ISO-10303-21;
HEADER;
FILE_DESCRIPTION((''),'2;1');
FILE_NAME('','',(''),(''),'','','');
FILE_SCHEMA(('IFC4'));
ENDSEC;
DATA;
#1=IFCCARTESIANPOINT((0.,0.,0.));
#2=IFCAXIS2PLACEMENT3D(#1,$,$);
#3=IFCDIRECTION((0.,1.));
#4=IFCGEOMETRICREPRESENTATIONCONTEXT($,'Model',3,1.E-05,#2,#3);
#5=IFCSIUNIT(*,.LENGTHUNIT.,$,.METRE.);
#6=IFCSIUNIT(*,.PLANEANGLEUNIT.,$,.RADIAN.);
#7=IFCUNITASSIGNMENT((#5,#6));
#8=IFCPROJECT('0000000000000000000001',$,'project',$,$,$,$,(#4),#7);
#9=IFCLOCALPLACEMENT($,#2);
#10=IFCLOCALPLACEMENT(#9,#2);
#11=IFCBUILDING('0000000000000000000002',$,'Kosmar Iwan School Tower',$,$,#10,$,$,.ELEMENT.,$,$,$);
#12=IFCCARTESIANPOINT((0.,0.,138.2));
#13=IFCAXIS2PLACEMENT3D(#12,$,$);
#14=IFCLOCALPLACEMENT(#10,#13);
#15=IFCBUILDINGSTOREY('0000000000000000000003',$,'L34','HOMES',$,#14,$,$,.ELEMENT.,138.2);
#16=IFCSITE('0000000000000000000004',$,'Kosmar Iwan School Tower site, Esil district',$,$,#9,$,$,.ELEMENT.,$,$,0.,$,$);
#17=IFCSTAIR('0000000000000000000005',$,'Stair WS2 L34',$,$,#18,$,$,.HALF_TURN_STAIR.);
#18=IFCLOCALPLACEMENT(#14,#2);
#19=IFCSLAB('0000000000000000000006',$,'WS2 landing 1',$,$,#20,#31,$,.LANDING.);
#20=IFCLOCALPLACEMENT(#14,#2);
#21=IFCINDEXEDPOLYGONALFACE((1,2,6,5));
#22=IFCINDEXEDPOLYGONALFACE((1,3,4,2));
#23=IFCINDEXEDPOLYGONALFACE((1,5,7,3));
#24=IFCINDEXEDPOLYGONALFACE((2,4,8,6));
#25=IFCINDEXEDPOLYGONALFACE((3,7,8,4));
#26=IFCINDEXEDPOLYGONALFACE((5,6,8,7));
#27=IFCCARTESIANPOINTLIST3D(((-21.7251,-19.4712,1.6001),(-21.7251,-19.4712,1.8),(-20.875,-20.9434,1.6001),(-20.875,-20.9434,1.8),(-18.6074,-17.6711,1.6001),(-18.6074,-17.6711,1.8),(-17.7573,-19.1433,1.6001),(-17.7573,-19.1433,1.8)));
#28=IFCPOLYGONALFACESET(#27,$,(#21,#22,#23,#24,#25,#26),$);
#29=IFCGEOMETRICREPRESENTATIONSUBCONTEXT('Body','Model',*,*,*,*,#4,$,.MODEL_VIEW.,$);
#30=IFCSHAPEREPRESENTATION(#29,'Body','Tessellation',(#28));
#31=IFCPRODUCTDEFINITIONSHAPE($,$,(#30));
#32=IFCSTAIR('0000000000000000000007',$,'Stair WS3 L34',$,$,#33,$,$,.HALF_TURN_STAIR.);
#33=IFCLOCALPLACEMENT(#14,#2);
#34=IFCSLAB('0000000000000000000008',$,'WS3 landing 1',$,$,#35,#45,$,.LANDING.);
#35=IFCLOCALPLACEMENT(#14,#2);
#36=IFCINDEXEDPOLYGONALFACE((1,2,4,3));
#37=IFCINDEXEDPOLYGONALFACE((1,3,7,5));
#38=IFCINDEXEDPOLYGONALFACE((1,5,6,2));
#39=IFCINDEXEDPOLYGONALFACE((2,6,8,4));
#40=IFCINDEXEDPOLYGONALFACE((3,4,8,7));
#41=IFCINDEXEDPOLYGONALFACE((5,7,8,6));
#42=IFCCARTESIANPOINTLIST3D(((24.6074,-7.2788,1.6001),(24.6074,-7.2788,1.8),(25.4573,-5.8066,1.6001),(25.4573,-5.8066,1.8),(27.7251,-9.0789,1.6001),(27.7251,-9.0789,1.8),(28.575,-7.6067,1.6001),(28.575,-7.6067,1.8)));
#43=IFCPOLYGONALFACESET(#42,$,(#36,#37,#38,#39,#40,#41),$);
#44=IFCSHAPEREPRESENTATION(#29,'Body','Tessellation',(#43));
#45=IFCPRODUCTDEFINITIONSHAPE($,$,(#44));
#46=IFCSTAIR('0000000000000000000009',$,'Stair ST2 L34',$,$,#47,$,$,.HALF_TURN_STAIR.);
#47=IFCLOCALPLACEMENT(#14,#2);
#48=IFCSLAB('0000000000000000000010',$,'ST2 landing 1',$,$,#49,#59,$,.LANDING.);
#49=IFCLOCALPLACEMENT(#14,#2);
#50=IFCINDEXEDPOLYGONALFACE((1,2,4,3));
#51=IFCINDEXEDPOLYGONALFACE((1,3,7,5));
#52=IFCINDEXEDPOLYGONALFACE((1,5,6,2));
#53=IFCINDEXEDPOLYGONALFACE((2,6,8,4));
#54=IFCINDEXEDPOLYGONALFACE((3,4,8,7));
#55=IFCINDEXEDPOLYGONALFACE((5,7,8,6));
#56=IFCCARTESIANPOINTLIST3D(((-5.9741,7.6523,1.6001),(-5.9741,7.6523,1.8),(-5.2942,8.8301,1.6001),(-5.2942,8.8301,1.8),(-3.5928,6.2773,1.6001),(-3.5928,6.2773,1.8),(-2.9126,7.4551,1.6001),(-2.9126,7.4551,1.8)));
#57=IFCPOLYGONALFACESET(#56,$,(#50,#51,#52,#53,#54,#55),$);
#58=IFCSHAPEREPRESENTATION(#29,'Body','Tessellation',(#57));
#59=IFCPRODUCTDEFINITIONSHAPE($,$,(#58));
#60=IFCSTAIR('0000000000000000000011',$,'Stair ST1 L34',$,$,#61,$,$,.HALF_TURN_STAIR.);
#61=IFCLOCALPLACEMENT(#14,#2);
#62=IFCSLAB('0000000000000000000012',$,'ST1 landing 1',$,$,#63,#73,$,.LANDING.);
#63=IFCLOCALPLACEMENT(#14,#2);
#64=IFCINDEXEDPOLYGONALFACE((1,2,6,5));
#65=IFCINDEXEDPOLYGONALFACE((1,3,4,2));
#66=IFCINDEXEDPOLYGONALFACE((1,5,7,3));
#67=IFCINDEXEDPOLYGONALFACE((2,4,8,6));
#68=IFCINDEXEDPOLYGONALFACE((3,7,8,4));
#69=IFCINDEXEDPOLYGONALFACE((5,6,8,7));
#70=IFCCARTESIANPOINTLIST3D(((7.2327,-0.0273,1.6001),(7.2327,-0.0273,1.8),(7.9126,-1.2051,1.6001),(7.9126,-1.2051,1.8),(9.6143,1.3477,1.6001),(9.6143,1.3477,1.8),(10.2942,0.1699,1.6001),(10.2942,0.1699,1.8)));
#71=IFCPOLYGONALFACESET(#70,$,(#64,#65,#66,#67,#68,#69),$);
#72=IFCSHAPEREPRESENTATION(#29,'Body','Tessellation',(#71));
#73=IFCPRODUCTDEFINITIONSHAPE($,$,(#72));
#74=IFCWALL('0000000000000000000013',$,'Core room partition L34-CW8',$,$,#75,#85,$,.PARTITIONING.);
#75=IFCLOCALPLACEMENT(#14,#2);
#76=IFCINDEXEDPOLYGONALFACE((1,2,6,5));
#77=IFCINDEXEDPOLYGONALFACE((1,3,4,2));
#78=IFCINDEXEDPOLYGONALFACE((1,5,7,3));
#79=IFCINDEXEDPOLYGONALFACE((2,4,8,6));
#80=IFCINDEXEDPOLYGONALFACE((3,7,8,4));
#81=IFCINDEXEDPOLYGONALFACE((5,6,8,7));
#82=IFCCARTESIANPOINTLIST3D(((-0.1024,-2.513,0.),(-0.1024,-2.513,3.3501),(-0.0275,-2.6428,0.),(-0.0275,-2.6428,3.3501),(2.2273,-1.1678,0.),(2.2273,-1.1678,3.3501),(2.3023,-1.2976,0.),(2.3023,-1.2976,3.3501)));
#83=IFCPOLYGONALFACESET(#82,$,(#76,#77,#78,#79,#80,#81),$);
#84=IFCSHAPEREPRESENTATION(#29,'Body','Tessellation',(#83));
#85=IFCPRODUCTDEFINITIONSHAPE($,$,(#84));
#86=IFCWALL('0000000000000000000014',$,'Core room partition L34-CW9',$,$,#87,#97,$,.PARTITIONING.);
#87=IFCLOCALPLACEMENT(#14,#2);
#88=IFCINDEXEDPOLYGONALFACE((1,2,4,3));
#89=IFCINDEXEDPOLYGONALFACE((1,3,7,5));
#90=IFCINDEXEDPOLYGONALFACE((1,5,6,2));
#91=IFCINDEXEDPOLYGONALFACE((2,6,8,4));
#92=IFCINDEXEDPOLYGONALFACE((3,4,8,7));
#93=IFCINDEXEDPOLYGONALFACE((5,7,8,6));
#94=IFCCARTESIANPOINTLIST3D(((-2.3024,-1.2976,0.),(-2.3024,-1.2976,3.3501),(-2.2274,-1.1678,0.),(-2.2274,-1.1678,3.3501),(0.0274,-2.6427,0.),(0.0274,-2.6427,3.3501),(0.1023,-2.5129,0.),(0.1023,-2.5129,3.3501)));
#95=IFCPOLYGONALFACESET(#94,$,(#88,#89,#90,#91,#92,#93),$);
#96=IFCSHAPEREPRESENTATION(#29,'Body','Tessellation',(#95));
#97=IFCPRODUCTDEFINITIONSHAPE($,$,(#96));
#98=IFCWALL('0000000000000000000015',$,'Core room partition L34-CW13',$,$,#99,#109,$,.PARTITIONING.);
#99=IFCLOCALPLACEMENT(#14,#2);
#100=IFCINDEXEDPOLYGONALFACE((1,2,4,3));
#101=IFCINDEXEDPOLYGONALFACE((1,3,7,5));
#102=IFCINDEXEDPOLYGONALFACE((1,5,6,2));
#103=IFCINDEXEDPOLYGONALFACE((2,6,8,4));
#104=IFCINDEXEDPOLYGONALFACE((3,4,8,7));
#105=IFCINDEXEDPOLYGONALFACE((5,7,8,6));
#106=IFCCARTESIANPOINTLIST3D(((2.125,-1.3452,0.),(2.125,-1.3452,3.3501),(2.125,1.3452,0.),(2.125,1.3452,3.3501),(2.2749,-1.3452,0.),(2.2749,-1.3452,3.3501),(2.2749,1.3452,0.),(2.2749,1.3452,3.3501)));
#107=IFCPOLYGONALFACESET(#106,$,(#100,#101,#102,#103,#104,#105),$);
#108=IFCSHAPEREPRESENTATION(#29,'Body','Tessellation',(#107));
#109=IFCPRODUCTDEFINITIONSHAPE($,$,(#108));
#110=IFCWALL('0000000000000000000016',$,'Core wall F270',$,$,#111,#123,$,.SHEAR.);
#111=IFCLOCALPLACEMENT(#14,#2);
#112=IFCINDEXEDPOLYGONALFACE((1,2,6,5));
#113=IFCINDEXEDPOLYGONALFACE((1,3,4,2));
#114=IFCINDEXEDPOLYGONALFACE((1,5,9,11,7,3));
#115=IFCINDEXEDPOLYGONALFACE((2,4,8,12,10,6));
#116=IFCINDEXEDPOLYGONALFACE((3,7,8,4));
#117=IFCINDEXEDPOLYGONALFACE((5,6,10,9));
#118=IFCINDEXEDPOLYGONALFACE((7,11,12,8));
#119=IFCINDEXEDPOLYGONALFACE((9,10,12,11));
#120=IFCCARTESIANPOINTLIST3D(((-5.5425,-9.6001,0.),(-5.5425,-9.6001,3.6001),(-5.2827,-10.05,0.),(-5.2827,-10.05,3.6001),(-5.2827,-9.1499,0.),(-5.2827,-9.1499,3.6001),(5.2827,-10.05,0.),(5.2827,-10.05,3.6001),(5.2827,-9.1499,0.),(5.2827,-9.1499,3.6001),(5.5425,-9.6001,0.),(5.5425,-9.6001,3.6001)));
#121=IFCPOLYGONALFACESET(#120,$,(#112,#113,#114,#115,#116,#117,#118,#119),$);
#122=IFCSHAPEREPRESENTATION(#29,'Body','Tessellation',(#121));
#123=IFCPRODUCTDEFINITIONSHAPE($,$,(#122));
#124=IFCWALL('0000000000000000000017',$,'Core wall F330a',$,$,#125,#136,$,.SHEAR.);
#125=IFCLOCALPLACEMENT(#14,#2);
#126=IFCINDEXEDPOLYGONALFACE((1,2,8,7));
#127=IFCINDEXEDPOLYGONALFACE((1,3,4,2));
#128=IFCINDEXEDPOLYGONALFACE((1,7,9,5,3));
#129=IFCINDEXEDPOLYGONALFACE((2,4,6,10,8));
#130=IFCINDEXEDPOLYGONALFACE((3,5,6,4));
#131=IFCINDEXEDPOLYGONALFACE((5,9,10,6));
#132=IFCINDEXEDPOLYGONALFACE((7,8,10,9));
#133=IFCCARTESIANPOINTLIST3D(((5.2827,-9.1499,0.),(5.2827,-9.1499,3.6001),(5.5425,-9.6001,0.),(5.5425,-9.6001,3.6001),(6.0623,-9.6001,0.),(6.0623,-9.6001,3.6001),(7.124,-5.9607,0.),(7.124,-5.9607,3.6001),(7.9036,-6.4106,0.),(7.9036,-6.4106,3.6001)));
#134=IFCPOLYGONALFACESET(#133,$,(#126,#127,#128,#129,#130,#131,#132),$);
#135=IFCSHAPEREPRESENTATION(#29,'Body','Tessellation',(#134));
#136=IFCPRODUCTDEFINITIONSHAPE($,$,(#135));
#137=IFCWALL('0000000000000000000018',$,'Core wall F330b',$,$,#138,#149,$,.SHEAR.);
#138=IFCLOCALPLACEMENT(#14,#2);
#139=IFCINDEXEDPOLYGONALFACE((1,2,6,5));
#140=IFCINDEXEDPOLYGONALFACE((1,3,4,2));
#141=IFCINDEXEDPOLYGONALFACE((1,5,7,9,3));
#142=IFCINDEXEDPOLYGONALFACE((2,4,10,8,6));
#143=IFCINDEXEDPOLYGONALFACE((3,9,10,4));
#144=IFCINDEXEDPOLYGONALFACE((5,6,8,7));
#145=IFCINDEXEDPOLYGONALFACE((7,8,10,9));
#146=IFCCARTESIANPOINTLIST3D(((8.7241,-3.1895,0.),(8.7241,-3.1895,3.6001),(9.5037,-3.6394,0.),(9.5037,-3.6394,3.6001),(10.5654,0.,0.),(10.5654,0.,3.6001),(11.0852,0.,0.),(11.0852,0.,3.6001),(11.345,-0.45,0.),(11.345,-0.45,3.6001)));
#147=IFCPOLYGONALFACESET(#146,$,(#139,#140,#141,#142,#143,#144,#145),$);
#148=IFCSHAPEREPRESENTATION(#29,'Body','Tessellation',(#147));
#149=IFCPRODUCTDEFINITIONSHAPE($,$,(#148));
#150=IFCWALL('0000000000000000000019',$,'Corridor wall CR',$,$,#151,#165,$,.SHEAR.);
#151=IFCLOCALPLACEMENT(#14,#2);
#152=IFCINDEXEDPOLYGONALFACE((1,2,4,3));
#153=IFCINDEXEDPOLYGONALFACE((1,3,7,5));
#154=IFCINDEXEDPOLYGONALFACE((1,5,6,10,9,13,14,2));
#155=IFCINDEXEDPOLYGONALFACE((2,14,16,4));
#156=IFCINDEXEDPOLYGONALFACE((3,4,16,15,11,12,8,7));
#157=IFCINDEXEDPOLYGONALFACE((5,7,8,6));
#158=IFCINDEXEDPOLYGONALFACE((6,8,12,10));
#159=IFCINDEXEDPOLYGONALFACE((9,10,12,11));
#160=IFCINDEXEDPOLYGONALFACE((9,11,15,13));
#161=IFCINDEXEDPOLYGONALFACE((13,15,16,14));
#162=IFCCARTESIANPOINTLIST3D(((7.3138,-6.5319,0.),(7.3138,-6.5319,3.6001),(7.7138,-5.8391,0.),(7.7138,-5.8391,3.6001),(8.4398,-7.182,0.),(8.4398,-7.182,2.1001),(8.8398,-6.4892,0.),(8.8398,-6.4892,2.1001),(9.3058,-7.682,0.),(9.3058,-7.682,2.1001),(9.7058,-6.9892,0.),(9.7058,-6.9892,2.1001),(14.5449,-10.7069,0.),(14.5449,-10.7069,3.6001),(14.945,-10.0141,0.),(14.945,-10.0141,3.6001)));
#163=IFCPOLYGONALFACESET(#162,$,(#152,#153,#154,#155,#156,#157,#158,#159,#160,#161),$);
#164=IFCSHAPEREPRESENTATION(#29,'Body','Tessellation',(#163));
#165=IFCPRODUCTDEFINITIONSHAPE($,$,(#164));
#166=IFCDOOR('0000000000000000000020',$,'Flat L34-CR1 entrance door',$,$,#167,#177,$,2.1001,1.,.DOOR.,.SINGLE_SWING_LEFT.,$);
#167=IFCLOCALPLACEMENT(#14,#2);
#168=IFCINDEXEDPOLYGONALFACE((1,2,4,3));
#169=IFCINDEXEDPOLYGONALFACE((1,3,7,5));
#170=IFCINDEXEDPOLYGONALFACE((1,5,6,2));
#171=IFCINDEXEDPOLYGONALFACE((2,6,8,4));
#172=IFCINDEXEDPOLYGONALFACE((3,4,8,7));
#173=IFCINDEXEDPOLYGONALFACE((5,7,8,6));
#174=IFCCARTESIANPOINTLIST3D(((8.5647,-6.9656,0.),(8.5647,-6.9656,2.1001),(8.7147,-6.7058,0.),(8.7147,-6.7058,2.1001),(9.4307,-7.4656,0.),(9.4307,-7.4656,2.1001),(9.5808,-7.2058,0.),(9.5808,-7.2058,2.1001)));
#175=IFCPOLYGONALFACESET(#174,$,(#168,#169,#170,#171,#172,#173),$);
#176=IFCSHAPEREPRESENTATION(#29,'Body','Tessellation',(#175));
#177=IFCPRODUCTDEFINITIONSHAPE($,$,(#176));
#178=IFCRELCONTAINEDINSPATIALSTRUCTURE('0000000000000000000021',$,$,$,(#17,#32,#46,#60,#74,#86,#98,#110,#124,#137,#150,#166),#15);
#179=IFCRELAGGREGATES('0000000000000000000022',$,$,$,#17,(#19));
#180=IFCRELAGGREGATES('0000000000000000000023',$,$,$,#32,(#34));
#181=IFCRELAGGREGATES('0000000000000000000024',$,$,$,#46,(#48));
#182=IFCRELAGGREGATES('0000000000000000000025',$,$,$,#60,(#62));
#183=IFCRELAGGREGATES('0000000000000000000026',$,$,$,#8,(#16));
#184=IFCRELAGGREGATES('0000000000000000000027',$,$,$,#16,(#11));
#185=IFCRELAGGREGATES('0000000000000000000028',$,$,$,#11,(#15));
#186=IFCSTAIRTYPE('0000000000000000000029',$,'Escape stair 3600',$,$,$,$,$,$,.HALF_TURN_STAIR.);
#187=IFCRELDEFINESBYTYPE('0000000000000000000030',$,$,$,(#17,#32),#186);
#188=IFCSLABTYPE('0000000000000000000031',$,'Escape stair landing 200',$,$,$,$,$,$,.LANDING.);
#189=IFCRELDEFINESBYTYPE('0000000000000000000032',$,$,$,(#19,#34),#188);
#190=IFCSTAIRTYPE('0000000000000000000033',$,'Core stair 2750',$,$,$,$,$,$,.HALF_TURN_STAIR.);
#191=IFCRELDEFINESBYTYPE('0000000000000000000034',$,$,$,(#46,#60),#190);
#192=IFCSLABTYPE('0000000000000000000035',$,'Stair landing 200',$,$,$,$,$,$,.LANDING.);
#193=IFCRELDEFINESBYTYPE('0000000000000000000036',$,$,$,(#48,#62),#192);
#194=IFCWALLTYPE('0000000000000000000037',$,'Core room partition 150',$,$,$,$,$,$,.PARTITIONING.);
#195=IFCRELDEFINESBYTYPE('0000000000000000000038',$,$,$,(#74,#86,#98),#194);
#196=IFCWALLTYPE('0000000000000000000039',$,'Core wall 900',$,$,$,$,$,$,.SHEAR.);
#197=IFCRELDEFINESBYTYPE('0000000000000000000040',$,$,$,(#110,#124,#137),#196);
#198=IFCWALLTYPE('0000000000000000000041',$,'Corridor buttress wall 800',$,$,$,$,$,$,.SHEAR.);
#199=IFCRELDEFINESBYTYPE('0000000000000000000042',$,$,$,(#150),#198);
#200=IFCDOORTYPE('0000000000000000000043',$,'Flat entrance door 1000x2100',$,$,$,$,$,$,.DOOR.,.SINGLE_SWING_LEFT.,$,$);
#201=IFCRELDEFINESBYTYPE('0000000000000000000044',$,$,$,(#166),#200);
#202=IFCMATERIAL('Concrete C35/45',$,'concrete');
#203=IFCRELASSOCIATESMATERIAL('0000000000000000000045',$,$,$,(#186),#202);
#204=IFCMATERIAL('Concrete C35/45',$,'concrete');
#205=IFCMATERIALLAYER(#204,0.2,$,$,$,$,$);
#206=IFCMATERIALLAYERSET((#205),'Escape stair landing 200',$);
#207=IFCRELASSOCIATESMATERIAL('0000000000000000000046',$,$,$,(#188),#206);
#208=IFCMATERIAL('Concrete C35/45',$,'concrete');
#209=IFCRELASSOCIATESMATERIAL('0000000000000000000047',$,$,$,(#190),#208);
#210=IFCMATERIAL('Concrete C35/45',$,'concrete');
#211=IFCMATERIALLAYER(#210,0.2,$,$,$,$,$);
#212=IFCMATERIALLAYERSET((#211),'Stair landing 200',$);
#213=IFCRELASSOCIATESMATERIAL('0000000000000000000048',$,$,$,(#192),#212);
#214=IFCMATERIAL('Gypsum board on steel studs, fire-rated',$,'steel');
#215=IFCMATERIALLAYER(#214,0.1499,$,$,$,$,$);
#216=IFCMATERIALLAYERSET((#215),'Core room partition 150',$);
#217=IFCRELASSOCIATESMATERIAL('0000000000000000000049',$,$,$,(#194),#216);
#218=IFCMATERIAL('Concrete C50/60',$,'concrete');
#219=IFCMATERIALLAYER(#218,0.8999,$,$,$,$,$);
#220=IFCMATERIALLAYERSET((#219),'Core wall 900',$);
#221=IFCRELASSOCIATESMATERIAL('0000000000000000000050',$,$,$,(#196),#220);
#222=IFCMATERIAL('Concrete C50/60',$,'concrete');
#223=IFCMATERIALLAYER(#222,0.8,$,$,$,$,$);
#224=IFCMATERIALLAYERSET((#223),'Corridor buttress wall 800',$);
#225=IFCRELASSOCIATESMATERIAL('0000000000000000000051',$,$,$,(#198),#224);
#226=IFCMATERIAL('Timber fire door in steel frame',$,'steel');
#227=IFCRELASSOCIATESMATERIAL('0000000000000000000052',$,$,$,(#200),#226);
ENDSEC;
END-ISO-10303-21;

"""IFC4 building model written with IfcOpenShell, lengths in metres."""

from ifc_helpers import new_model, si_unit, direction, frame, frame_2d, origin, place, context, subcontext, project, spatial, polyline, rectangle, outline, extrude, material, layer, layer_set, type_object, element, fill, aggregate, save


model = new_model("IFC4")

# Units and contexts
model_context = context("Model", 3, precision=1e-05, world=origin(), true_north=direction((0.0, 1.0)))
body_context = subcontext(model_context, "Body", "Model", "MODEL_VIEW")
ifc_project = project(units=[si_unit("LENGTHUNIT", "METRE"), si_unit("PLANEANGLEUNIT", "RADIAN")], contexts=[model_context])

# Site, building, storey
site_placement = place(None, origin())
site = spatial("IfcSite", under=ifc_project, at=site_placement, Name="Kosmar Iwan School Tower site, Esil district", CompositionType="ELEMENT", RefElevation=0.0)
building_placement = place(site_placement, origin())
building = spatial("IfcBuilding", under=site, at=building_placement, Name="Kosmar Iwan School Tower", CompositionType="ELEMENT")
storey_placement = place(building_placement, frame((0.0, 0.0, 138.2)))
storey = spatial("IfcBuildingStorey", under=building, at=storey_placement, Name="L34", Description="HOMES", CompositionType="ELEMENT", Elevation=138.2)

# Stairs, slabs
ifc_material_1 = material(Name="Concrete C35/45", Category="concrete")
stair_type_1 = type_object("IfcStairType", Name="Escape stair 3600", PredefinedType="HALF_TURN_STAIR", material=ifc_material_1)
stair_1_placement = place(storey_placement, origin())
stair_1 = element("IfcStair", 1, at=stair_1_placement, inside=storey, type_object=stair_type_1, Name="Stair WS2 L34", PredefinedType="HALF_TURN_STAIR")
ifc_material_2 = material(Name="Concrete C35/45", Category="concrete")
ifc_layer_1 = layer(ifc_material_2, 0.2)
ifc_layer_set_1 = layer_set([ifc_layer_1], Name="Escape stair landing 200")
slab_type_1 = type_object("IfcSlabType", Name="Escape stair landing 200", PredefinedType="LANDING", material=ifc_layer_set_1)
slab_1_placement = place(storey_placement, frame((0.0, 0.0, 1.6001)))
slab_1 = element("IfcSlab", 2, at=slab_1_placement, type_object=slab_type_1, Name="WS2 landing 1", PredefinedType="LANDING", context=body_context, shape_type="SweptSolid", body=[
    extrude(outline(polyline([(-18.6074, -17.6711), (-21.7251, -19.4712), (-20.875, -20.9434), (-17.7573, -19.1433), (-18.6074, -17.6711)])), origin(), (0.0, 0.0, 1.0), 0.2),
])
aggregate(stair_1, [slab_1])
stair_2_placement = place(storey_placement, origin())
stair_2 = element("IfcStair", 3, at=stair_2_placement, inside=storey, type_object=stair_type_1, Name="Stair WS3 L34", PredefinedType="HALF_TURN_STAIR")
slab_2_placement = place(storey_placement, frame((0.0, 0.0, 1.6001)))
slab_2 = element("IfcSlab", 4, at=slab_2_placement, type_object=slab_type_1, Name="WS3 landing 1", PredefinedType="LANDING", context=body_context, shape_type="SweptSolid", body=[
    extrude(outline(polyline([(24.6074, -7.2788), (27.7251, -9.0789), (28.575, -7.6067), (25.4573, -5.8066), (24.6074, -7.2788)])), origin(), (0.0, 0.0, 1.0), 0.2),
])
aggregate(stair_2, [slab_2])
ifc_material_3 = material(Name="Concrete C35/45", Category="concrete")
stair_type_2 = type_object("IfcStairType", Name="Core stair 2750", PredefinedType="HALF_TURN_STAIR", material=ifc_material_3)
stair_3_placement = place(storey_placement, origin())
stair_3 = element("IfcStair", 5, at=stair_3_placement, inside=storey, type_object=stair_type_2, Name="Stair ST2 L34", PredefinedType="HALF_TURN_STAIR")
ifc_material_4 = material(Name="Concrete C35/45", Category="concrete")
ifc_layer_2 = layer(ifc_material_4, 0.2)
ifc_layer_set_2 = layer_set([ifc_layer_2], Name="Stair landing 200")
slab_type_2 = type_object("IfcSlabType", Name="Stair landing 200", PredefinedType="LANDING", material=ifc_layer_set_2)
slab_3_placement = place(storey_placement, frame((0.0, 0.0, 1.6001)))
slab_3 = element("IfcSlab", 6, at=slab_3_placement, type_object=slab_type_2, Name="ST2 landing 1", PredefinedType="LANDING", context=body_context, shape_type="SweptSolid", body=[
    extrude(outline(polyline([(-2.9126, 7.4551), (-5.2942, 8.8301), (-5.9741, 7.6523), (-3.5928, 6.2773), (-2.9126, 7.4551)])), origin(), (0.0, 0.0, 1.0), 0.2),
])
aggregate(stair_3, [slab_3])
stair_4_placement = place(storey_placement, origin())
stair_4 = element("IfcStair", 7, at=stair_4_placement, inside=storey, type_object=stair_type_2, Name="Stair ST1 L34", PredefinedType="HALF_TURN_STAIR")
slab_4_placement = place(storey_placement, frame((0.0, 0.0, 1.6001)))
slab_4 = element("IfcSlab", 8, at=slab_4_placement, type_object=slab_type_2, Name="ST1 landing 1", PredefinedType="LANDING", context=body_context, shape_type="SweptSolid", body=[
    extrude(outline(polyline([(7.9126, -1.2051), (10.2942, 0.1699), (9.6143, 1.3477), (7.2327, -0.0273), (7.9126, -1.2051)])), origin(), (0.0, 0.0, 1.0), 0.2),
])

# Walls
ifc_material_5 = material(Name="Gypsum board on steel studs, fire-rated", Category="steel")
ifc_layer_3 = layer(ifc_material_5, 0.1499)
ifc_layer_set_3 = layer_set([ifc_layer_3], Name="Core room partition 150")
wall_type_1 = type_object("IfcWallType", Name="Core room partition 150", PredefinedType="PARTITIONING", material=ifc_layer_set_3)
for number, where, z_axis, x_axis, name in (
    (9, (2.2649, -1.2327, 0.0), (0.0, 0.0, 1.0), (-0.866012, -0.500024, 0.0), "Core room partition L34-CW8"),
    (10, (0.0649, -2.5779, 0.0), (0.0, 0.0, 1.0), (-0.866012, 0.500024, 0.0), "Core room partition L34-CW9"),
):
    element("IfcWall", number, at=place(storey_placement, frame(where, z_axis=z_axis, x_axis=x_axis)), inside=storey, type_object=wall_type_1, Name=name, PredefinedType="PARTITIONING", context=body_context, shape_type="SweptSolid", body=[
        extrude(rectangle(XDim=2.6902, YDim=0.1499, at=frame_2d((1.3452, 0.0))), origin(), (0.0, 0.0, 1.0), 3.3501),
    ])
wall_1_placement = place(storey_placement, frame((2.2, 1.3452, 0.0), z_axis=(0.0, 0.0, 1.0), x_axis=(0.0, -1.0, 0.0)))
element("IfcWall", 11, at=wall_1_placement, inside=storey, type_object=wall_type_1, Name="Core room partition L34-CW13", PredefinedType="PARTITIONING", context=body_context, shape_type="SweptSolid", body=[
    extrude(rectangle(XDim=2.6904, YDim=0.1499, at=frame_2d((1.3452, 0.0))), origin(), (0.0, 0.0, 1.0), 3.3501),
])
ifc_material_6 = material(Name="Concrete C50/60", Category="concrete")
ifc_layer_4 = layer(ifc_material_6, 0.8999)
ifc_layer_set_4 = layer_set([ifc_layer_4], Name="Core wall 900")
wall_type_2 = type_object("IfcWallType", Name="Core wall 900", PredefinedType="SHEAR", material=ifc_layer_set_4)
wall_2_placement = place(storey_placement, origin())
element("IfcWall", 12, at=wall_2_placement, inside=storey, type_object=wall_type_2, Name="Core wall F270", PredefinedType="SHEAR", context=body_context, shape_type="SweptSolid", body=[
    extrude(outline(polyline([(-5.2827, -10.05), (5.2827, -10.05), (5.5425, -9.6001), (5.2827, -9.1499), (-5.2827, -9.1499), (-5.5425, -9.6001), (-5.2827, -10.05)])), origin(), (0.0, 0.0, 1.0), 3.6001),
])
wall_3_placement = place(storey_placement, origin())
element("IfcWall", 13, at=wall_3_placement, inside=storey, type_object=wall_type_2, Name="Core wall F330a", PredefinedType="SHEAR", context=body_context, shape_type="SweptSolid", body=[
    extrude(outline(polyline([(5.5425, -9.6001), (6.0623, -9.6001), (7.9036, -6.4106), (7.124, -5.9607), (5.2827, -9.1499), (5.5425, -9.6001)])), origin(), (0.0, 0.0, 1.0), 3.6001),
])
wall_4_placement = place(storey_placement, origin())
element("IfcWall", 14, at=wall_4_placement, inside=storey, type_object=wall_type_2, Name="Core wall F330b", PredefinedType="SHEAR", context=body_context, shape_type="SweptSolid", body=[
    extrude(outline(polyline([(9.5037, -3.6394), (11.345, -0.45), (11.0852, 0.0), (10.5654, 0.0), (8.7241, -3.1895), (9.5037, -3.6394)])), origin(), (0.0, 0.0, 1.0), 3.6001),
])

# Wall, opening, door
ifc_material_7 = material(Name="Concrete C50/60", Category="concrete")
ifc_layer_5 = layer(ifc_material_7, 0.8)
ifc_layer_set_5 = layer_set([ifc_layer_5], Name="Corridor buttress wall 800")
wall_type_3 = type_object("IfcWallType", Name="Corridor buttress wall 800", PredefinedType="SHEAR", material=ifc_layer_set_5)
wall_5_placement = place(storey_placement, frame((7.5139, -6.1855, 0.0), z_axis=(0.0, 0.0, 1.0), x_axis=(0.86602, -0.50001, 0.0)))
wall_5 = element("IfcWall", 15, at=wall_5_placement, inside=storey, type_object=wall_type_3, Name="Corridor wall CR", PredefinedType="SHEAR", context=body_context, shape_type="SweptSolid", body=[
    extrude(rectangle(XDim=8.3499, YDim=0.8, at=frame_2d((4.1748, 0.0))), origin(), (0.0, 0.0, 1.0), 3.6001),
])
opening_1_placement = place(wall_5_placement, frame((1.3, 0.0, 0.0)))
opening_1 = element("IfcOpeningElement", 16, at=opening_1_placement, cuts=wall_5, PredefinedType="OPENING", context=body_context, shape_type="SweptSolid", body=[
    extrude(rectangle(XDim=1.0, YDim=2.1001, at=frame_2d((0.5, 1.05))), frame((0.0, 0.4121, 0.0), z_axis=(0.0, -1.0, 0.0), x_axis=(1.0, 0.0, 0.0)), (0.0, 0.0, 1.0), 0.824),
])
ifc_material_8 = material(Name="Timber fire door in steel frame", Category="steel")
door_type_1 = type_object("IfcDoorType", Name="Flat entrance door 1000x2100", OperationType="SINGLE_SWING_LEFT", PredefinedType="DOOR", material=ifc_material_8)
door_1_placement = place(opening_1_placement, origin())
door_1 = element("IfcDoor", 17, at=door_1_placement, inside=storey, type_object=door_type_1, Name="Flat L34-CR1 entrance door", OperationType="SINGLE_SWING_LEFT", OverallHeight=2.1001, OverallWidth=1.0, PredefinedType="DOOR", context=body_context, shape_type="SweptSolid", body=[
    extrude(rectangle(XDim=1.0, YDim=2.1001, at=frame_2d((0.5, 1.05))), frame((0.0, 0.1499, 0.0), z_axis=(0.0, -1.0, 0.0), x_axis=(1.0, 0.0, 0.0)), (0.0, 0.0, 1.0), 0.3),
])
fill(opening_1, door_1)

aggregate(stair_4, [slab_4])

save(model, "model.ifc")
